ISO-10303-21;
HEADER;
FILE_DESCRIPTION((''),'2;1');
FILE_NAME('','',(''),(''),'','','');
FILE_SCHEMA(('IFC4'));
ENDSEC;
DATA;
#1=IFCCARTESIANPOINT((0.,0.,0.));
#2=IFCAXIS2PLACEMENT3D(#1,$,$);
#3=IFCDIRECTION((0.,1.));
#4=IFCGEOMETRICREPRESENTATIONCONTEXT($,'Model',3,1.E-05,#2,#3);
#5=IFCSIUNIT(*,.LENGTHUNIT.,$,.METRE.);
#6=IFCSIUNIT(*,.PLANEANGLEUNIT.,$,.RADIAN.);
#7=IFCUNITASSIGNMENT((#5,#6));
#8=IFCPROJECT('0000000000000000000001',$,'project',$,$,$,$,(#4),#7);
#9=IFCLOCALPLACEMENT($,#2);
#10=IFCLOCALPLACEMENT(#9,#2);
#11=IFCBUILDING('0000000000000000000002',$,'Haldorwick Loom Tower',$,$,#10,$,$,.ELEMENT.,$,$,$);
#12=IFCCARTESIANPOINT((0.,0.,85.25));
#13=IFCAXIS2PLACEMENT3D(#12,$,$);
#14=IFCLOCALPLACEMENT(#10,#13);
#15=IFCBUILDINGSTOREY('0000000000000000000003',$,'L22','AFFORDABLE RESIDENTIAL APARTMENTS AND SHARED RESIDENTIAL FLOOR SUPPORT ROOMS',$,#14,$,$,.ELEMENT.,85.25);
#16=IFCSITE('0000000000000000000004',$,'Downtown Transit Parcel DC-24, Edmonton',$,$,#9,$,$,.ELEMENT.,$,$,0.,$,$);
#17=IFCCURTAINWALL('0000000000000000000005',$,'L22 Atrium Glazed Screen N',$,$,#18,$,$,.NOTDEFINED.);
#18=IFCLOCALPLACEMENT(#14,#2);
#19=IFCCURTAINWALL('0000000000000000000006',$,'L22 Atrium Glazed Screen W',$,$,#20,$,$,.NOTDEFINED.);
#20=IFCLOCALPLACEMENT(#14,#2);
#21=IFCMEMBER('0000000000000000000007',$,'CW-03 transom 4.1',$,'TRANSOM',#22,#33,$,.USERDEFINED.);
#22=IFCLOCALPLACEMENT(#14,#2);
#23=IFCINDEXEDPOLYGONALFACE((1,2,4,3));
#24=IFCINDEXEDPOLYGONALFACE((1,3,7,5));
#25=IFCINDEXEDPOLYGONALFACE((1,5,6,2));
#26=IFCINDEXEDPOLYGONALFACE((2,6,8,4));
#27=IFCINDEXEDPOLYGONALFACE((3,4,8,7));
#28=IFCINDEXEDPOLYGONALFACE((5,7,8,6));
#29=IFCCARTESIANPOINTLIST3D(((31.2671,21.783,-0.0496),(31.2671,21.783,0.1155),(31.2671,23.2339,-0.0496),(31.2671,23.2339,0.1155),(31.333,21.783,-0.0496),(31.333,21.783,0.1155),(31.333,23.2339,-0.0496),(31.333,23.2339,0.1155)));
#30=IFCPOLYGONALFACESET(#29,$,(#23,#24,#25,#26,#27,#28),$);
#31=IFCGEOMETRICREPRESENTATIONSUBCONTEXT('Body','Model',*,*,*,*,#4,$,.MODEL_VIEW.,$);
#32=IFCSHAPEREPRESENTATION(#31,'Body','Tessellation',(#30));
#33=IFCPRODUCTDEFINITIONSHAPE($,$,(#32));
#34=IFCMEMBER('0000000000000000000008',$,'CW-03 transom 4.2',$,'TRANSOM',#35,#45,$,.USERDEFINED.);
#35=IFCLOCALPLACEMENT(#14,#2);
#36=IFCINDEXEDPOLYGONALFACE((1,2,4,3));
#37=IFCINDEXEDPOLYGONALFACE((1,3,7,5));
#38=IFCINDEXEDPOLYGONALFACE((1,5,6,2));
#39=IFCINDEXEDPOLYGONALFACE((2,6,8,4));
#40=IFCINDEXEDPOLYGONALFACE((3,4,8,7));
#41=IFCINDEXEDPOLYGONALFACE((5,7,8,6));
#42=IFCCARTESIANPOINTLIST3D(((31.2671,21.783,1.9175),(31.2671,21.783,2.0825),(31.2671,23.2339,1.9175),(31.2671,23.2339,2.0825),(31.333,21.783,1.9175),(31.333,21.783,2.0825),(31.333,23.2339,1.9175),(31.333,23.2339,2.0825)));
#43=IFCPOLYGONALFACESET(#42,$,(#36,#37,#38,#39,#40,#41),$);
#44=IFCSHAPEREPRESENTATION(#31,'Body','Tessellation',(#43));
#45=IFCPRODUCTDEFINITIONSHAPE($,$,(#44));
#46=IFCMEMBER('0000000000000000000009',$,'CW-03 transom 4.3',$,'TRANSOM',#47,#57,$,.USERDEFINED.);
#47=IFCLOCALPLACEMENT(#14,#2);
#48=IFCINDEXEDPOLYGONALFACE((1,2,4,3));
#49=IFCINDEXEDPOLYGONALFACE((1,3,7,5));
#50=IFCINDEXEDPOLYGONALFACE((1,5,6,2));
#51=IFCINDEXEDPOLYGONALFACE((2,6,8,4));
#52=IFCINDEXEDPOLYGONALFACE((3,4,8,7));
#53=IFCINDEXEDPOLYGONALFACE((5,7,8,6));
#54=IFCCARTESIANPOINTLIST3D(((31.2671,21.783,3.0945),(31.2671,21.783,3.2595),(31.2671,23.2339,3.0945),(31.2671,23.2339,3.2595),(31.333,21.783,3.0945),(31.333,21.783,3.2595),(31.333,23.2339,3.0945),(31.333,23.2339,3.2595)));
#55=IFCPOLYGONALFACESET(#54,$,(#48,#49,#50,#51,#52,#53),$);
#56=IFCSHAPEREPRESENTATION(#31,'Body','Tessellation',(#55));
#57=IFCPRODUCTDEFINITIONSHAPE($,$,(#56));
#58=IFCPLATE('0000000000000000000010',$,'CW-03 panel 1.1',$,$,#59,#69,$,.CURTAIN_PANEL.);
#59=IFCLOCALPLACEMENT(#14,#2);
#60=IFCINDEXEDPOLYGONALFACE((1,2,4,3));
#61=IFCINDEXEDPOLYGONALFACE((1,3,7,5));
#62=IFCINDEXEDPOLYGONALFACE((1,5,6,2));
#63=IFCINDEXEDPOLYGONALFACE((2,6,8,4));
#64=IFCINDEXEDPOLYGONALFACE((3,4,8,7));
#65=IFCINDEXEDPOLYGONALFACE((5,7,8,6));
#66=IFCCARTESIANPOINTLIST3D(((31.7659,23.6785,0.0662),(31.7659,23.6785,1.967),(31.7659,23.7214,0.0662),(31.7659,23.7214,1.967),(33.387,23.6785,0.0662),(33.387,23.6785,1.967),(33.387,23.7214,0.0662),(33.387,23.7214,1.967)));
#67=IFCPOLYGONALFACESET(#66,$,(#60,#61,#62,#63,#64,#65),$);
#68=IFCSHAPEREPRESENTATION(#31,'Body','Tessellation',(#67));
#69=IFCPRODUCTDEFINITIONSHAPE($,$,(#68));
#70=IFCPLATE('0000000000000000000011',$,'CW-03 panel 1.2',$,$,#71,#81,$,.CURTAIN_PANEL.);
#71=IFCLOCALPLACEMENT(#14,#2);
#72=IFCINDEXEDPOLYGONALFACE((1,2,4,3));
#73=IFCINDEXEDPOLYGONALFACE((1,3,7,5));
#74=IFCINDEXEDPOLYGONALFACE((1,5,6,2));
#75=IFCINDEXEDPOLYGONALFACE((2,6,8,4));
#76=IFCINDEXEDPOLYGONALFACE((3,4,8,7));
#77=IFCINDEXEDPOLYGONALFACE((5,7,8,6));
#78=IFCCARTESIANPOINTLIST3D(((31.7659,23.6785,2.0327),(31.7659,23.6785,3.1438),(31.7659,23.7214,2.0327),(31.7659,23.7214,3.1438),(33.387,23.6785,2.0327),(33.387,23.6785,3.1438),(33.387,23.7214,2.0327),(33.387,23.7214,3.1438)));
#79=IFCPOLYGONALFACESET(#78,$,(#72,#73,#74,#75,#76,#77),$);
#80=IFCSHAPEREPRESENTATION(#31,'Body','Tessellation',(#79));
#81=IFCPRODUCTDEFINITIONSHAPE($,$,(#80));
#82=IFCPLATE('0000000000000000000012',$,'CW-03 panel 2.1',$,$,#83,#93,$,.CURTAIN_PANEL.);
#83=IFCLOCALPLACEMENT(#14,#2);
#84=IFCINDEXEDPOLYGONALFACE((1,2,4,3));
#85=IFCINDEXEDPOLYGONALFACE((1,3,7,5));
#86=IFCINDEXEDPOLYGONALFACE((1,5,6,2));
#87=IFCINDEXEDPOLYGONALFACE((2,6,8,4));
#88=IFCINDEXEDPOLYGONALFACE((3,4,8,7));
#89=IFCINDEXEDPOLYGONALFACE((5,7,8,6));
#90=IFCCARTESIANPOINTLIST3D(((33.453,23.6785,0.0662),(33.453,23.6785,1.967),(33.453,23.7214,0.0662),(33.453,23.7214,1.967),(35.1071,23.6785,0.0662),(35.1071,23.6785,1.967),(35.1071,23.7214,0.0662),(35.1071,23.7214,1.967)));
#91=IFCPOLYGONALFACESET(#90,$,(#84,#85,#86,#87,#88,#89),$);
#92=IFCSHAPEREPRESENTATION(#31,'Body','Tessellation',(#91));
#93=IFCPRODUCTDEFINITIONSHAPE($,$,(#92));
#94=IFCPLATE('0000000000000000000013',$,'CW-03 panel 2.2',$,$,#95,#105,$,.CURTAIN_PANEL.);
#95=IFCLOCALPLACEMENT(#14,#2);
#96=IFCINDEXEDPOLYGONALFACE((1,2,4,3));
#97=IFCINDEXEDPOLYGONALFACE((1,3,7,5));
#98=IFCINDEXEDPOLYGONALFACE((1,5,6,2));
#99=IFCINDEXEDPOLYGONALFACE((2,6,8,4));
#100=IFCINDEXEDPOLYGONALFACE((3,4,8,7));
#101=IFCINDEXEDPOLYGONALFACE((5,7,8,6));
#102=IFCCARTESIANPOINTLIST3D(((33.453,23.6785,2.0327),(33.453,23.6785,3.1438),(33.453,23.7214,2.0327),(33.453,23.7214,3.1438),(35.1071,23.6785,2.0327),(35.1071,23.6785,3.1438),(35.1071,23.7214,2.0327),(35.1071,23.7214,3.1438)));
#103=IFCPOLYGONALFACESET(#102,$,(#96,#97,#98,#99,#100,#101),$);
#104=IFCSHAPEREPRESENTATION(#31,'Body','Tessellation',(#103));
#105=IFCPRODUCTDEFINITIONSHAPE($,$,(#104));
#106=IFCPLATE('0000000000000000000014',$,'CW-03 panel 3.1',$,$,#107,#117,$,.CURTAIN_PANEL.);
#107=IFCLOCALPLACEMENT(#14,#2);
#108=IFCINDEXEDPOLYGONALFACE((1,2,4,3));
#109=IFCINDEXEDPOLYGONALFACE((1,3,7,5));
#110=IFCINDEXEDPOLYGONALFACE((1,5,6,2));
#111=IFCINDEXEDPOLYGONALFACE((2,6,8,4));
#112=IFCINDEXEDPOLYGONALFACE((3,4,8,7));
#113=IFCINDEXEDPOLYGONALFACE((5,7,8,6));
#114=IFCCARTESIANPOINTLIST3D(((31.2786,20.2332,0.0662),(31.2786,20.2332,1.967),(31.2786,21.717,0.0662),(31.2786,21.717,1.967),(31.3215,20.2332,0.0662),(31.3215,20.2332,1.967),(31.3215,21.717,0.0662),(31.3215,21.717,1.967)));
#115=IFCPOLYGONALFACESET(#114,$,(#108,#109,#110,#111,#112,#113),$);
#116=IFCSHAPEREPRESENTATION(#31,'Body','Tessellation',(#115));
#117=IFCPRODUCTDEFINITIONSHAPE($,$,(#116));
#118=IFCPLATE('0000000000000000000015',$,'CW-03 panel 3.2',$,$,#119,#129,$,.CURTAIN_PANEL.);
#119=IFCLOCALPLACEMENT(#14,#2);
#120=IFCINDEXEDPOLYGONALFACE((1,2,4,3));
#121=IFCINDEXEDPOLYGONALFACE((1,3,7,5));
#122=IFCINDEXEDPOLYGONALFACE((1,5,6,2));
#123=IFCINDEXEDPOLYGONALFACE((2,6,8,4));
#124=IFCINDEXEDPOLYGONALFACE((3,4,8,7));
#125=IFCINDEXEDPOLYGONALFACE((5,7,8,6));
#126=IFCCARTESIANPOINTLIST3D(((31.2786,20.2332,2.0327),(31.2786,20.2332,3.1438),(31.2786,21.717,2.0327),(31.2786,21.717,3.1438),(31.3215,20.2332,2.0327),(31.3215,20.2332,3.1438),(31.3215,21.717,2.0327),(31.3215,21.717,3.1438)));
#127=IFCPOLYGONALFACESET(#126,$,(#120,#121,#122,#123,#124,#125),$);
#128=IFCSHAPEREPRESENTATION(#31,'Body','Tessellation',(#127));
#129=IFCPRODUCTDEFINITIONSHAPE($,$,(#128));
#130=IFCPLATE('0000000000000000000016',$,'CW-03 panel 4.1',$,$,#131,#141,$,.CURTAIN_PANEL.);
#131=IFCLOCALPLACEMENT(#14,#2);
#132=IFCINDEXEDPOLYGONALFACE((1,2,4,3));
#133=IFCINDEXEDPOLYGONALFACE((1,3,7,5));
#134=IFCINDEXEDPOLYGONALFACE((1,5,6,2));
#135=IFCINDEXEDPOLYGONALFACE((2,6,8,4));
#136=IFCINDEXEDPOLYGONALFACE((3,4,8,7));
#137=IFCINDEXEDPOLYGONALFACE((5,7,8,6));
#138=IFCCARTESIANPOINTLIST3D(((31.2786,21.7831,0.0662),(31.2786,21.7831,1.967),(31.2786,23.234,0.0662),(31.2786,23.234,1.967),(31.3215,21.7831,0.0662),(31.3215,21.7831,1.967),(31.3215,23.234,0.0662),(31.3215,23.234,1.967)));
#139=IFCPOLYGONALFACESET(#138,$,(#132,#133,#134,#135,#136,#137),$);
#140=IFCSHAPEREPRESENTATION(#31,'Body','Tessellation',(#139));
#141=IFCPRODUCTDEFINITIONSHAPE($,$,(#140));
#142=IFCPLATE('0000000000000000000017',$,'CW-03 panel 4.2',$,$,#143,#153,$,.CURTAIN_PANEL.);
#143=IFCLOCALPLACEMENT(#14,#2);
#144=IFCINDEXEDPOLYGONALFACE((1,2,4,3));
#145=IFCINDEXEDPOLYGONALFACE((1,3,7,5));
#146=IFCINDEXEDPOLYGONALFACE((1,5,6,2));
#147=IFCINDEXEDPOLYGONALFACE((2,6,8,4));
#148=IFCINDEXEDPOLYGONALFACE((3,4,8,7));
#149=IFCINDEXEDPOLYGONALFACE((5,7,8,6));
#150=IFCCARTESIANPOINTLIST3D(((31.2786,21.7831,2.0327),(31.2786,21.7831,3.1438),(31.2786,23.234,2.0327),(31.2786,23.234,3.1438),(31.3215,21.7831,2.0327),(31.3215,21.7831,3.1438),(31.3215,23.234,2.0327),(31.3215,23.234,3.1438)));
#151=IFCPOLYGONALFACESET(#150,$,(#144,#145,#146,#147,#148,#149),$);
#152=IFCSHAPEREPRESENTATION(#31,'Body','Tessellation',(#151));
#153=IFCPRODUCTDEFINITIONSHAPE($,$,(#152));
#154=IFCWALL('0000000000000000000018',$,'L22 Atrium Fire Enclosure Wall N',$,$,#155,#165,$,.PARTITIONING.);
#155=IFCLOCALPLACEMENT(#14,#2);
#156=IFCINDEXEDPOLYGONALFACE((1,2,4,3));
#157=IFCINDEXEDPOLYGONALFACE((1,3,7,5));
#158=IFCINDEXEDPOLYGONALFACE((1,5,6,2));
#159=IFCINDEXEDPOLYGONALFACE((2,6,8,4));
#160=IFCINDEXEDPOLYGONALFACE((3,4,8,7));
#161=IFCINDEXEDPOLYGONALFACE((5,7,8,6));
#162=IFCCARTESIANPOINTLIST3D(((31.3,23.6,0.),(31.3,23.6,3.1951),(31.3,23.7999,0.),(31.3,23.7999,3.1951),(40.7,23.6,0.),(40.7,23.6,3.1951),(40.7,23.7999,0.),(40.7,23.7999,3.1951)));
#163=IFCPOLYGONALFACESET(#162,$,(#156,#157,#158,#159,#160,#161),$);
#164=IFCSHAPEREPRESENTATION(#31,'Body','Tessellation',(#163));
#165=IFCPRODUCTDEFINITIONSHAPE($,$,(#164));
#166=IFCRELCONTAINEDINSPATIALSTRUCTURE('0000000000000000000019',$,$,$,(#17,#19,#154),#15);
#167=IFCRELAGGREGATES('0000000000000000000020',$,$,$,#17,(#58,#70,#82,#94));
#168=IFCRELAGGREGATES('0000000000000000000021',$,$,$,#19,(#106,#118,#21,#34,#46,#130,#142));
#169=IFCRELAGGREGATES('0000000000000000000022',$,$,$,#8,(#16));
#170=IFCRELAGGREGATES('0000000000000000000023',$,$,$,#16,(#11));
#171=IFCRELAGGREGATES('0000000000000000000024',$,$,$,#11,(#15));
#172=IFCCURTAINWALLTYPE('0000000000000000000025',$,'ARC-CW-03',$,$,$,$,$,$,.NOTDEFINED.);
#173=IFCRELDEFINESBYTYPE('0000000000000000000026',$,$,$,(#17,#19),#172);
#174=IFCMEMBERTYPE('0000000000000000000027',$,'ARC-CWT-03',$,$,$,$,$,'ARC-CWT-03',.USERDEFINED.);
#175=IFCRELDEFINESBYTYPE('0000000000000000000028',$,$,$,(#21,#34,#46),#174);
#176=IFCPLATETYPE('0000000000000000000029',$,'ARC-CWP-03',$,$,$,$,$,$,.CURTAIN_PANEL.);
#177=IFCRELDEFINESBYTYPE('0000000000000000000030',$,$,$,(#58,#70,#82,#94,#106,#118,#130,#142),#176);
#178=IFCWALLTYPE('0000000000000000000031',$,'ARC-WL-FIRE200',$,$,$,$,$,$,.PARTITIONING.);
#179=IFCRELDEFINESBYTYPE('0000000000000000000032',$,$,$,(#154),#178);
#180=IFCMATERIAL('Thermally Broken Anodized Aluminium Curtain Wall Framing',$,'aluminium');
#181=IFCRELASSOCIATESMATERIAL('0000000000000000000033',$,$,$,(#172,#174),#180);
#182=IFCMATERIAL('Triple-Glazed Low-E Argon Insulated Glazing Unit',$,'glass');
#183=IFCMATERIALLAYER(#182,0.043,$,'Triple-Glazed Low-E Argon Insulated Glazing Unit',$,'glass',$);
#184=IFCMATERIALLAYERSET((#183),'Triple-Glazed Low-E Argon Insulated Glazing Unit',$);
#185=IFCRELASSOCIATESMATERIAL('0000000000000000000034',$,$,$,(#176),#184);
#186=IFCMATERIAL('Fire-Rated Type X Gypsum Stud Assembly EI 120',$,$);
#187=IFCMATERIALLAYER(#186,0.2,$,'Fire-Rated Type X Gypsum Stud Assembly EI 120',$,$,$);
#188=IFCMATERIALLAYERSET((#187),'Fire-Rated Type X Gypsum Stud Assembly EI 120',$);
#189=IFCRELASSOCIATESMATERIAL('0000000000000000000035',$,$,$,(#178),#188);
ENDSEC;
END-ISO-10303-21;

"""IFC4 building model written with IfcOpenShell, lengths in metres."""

from ifc_helpers import new_model, si_unit, direction, frame, frame_2d, origin, origin_2d, place, context, subcontext, project, spatial, rectangle, extrude, material, layer, layer_set, material_profile, profile_set, type_object, element, aggregate, save


model = new_model("IFC4")

# Units and contexts
model_context = context("Model", 3, precision=1e-05, world=origin(), true_north=direction((0.0, 1.0)))
body_context = subcontext(model_context, "Body", "Model", "MODEL_VIEW")
ifc_project = project(units=[si_unit("LENGTHUNIT", "METRE"), si_unit("PLANEANGLEUNIT", "RADIAN")], contexts=[model_context])

# Site, building, storey
site_placement = place(None, origin())
site = spatial("IfcSite", under=ifc_project, at=site_placement, Name="Downtown Transit Parcel DC-24, Edmonton", CompositionType="ELEMENT", RefElevation=0.0)
building_placement = place(site_placement, origin())
building = spatial("IfcBuilding", under=site, at=building_placement, Name="Haldorwick Loom Tower", CompositionType="ELEMENT")
storey_placement = place(building_placement, frame((0.0, 0.0, 85.25)))
storey = spatial("IfcBuildingStorey", under=building, at=storey_placement, Name="L22", Description="AFFORDABLE RESIDENTIAL APARTMENTS AND SHARED RESIDENTIAL FLOOR SUPPORT ROOMS", CompositionType="ELEMENT", Elevation=85.25)

# Curtain walls
ifc_material_1 = material(Name="Thermally Broken Anodized Aluminium Curtain Wall Framing", Category="aluminium")
curtain_wall_type = type_object("IfcCurtainWallType", Name="ARC-CW-03", PredefinedType="NOTDEFINED", material=ifc_material_1)
curtain_wall_1_placement = place(storey_placement, origin())
curtain_wall_1 = element("IfcCurtainWall", 1, at=curtain_wall_1_placement, inside=storey, type_object=curtain_wall_type, Name="L22 Atrium Glazed Screen N", PredefinedType="NOTDEFINED")
curtain_wall_2_placement = place(storey_placement, origin())
curtain_wall_2 = element("IfcCurtainWall", 2, at=curtain_wall_2_placement, inside=storey, type_object=curtain_wall_type, Name="L22 Atrium Glazed Screen W", PredefinedType="NOTDEFINED")

# Members
ifc_material_profile_1 = material_profile(ifc_material_1, rectangle(XDim=0.0659, YDim=0.165, at=origin_2d()), Name="ALU_TRN_66X165", Category="aluminium")
ifc_profile_set_1 = profile_set([ifc_material_profile_1], Name="Thermally Broken Anodized Aluminium Curtain Wall Framing")
member_type_1 = type_object("IfcMemberType", Name="ARC-CWT-03", ElementType="ARC-CWT-03", PredefinedType="USERDEFINED", material=ifc_profile_set_1)
member_1_placement = place(storey_placement, frame((31.3, 21.783, 0.033), z_axis=(0.0, 1.0, 0.0), x_axis=(-1.0, 0.0, 0.0)))
member_1 = element("IfcMember", 3, at=member_1_placement, type_object=member_type_1, Name="CW-03 transom 4.1", ObjectType="TRANSOM", PredefinedType="USERDEFINED", context=body_context, shape_type="SweptSolid", body=[
    extrude(rectangle(XDim=0.0659, YDim=0.165, at=origin_2d()), origin(), (0.0, 0.0, 1.0), 1.4509),
])
member_2_placement = place(storey_placement, frame((31.3, 21.783, 2.0), z_axis=(0.0, 1.0, 0.0), x_axis=(-1.0, 0.0, 0.0)))
member_2 = element("IfcMember", 4, at=member_2_placement, type_object=member_type_1, Name="CW-03 transom 4.2", ObjectType="TRANSOM", PredefinedType="USERDEFINED", context=body_context, shape_type="SweptSolid", body=[
    extrude(rectangle(XDim=0.0659, YDim=0.165, at=origin_2d()), origin(), (0.0, 0.0, 1.0), 1.4509),
])
member_3_placement = place(storey_placement, frame((31.3, 21.783, 3.177), z_axis=(0.0, 1.0, 0.0), x_axis=(-1.0, 0.0, 0.0)))
member_3 = element("IfcMember", 5, at=member_3_placement, type_object=member_type_1, Name="CW-03 transom 4.3", ObjectType="TRANSOM", PredefinedType="USERDEFINED", context=body_context, shape_type="SweptSolid", body=[
    extrude(rectangle(XDim=0.0659, YDim=0.165, at=origin_2d()), origin(), (0.0, 0.0, 1.0), 1.4509),
])

# Plates
ifc_material_2 = material(Name="Triple-Glazed Low-E Argon Insulated Glazing Unit", Category="glass")
ifc_layer_1 = layer(ifc_material_2, 0.043, Name="Triple-Glazed Low-E Argon Insulated Glazing Unit", Category="glass")
ifc_layer_set_1 = layer_set([ifc_layer_1], Name="Triple-Glazed Low-E Argon Insulated Glazing Unit")
plate_type = type_object("IfcPlateType", Name="ARC-CWP-03", PredefinedType="CURTAIN_PANEL", material=ifc_layer_set_1)
plate_1_placement = place(storey_placement, frame((32.5764, 23.7, 0.0662), z_axis=(0.0, 0.0, 1.0), x_axis=(1.0, 0.0, 0.0)))
plate_1 = element("IfcPlate", 6, at=plate_1_placement, type_object=plate_type, Name="CW-03 panel 1.1", PredefinedType="CURTAIN_PANEL", context=body_context, shape_type="SweptSolid", body=[
    extrude(rectangle(XDim=1.6211, YDim=0.043, at=origin_2d()), origin(), (0.0, 0.0, 1.0), 1.9009),
])
plate_2_placement = place(storey_placement, frame((32.5764, 23.7, 2.0327), z_axis=(0.0, 0.0, 1.0), x_axis=(1.0, 0.0, 0.0)))
plate_2 = element("IfcPlate", 7, at=plate_2_placement, type_object=plate_type, Name="CW-03 panel 1.2", PredefinedType="CURTAIN_PANEL", context=body_context, shape_type="SweptSolid", body=[
    extrude(rectangle(XDim=1.6211, YDim=0.043, at=origin_2d()), origin(), (0.0, 0.0, 1.0), 1.1111),
])
plate_3_placement = place(storey_placement, frame((34.28, 23.7, 0.0662), z_axis=(0.0, 0.0, 1.0), x_axis=(1.0, 0.0, 0.0)))
plate_3 = element("IfcPlate", 8, at=plate_3_placement, type_object=plate_type, Name="CW-03 panel 2.1", PredefinedType="CURTAIN_PANEL", context=body_context, shape_type="SweptSolid", body=[
    extrude(rectangle(XDim=1.6541, YDim=0.043, at=origin_2d()), origin(), (0.0, 0.0, 1.0), 1.9009),
])
plate_4_placement = place(storey_placement, frame((34.28, 23.7, 2.0327), z_axis=(0.0, 0.0, 1.0), x_axis=(1.0, 0.0, 0.0)))
plate_4 = element("IfcPlate", 9, at=plate_4_placement, type_object=plate_type, Name="CW-03 panel 2.2", PredefinedType="CURTAIN_PANEL", context=body_context, shape_type="SweptSolid", body=[
    extrude(rectangle(XDim=1.6541, YDim=0.043, at=origin_2d()), origin(), (0.0, 0.0, 1.0), 1.1111),
])
aggregate(curtain_wall_1, [plate_1, plate_2, plate_3, plate_4])
plate_5_placement = place(storey_placement, frame((31.3, 20.9751, 0.0662), z_axis=(0.0, 0.0, 1.0), x_axis=(0.0, 1.0, 0.0)))
plate_5 = element("IfcPlate", 10, at=plate_5_placement, type_object=plate_type, Name="CW-03 panel 3.1", PredefinedType="CURTAIN_PANEL", context=body_context, shape_type="SweptSolid", body=[
    extrude(rectangle(XDim=1.4839, YDim=0.043, at=origin_2d()), origin(), (0.0, 0.0, 1.0), 1.9009),
])
plate_6_placement = place(storey_placement, frame((31.3, 20.9751, 2.0327), z_axis=(0.0, 0.0, 1.0), x_axis=(0.0, 1.0, 0.0)))
plate_6 = element("IfcPlate", 11, at=plate_6_placement, type_object=plate_type, Name="CW-03 panel 3.2", PredefinedType="CURTAIN_PANEL", context=body_context, shape_type="SweptSolid", body=[
    extrude(rectangle(XDim=1.4839, YDim=0.043, at=origin_2d()), origin(), (0.0, 0.0, 1.0), 1.1111),
])
plate_7_placement = place(storey_placement, frame((31.3, 22.5085, 0.0662), z_axis=(0.0, 0.0, 1.0), x_axis=(0.0, 1.0, 0.0)))
plate_7 = element("IfcPlate", 12, at=plate_7_placement, type_object=plate_type, Name="CW-03 panel 4.1", PredefinedType="CURTAIN_PANEL", context=body_context, shape_type="SweptSolid", body=[
    extrude(rectangle(XDim=1.4509, YDim=0.043, at=origin_2d()), origin(), (0.0, 0.0, 1.0), 1.9009),
])
plate_8_placement = place(storey_placement, frame((31.3, 22.5085, 2.0327), z_axis=(0.0, 0.0, 1.0), x_axis=(0.0, 1.0, 0.0)))
plate_8 = element("IfcPlate", 13, at=plate_8_placement, type_object=plate_type, Name="CW-03 panel 4.2", PredefinedType="CURTAIN_PANEL", context=body_context, shape_type="SweptSolid", body=[
    extrude(rectangle(XDim=1.4509, YDim=0.043, at=origin_2d()), origin(), (0.0, 0.0, 1.0), 1.1111),
])
aggregate(curtain_wall_2, [plate_5, plate_6, member_1, member_2, member_3, plate_7, plate_8])

# Wall
ifc_material_3 = material(Name="Fire-Rated Type X Gypsum Stud Assembly EI 120")
ifc_layer_2 = layer(ifc_material_3, 0.2, Name="Fire-Rated Type X Gypsum Stud Assembly EI 120")
ifc_layer_set_2 = layer_set([ifc_layer_2], Name="Fire-Rated Type X Gypsum Stud Assembly EI 120")
wall_type = type_object("IfcWallType", Name="ARC-WL-FIRE200", PredefinedType="PARTITIONING", material=ifc_layer_set_2)
wall_placement = place(storey_placement, frame((31.3, 23.7, 0.0), z_axis=(0.0, 0.0, 1.0), x_axis=(1.0, 0.0, 0.0)))
element("IfcWall", 14, at=wall_placement, inside=storey, type_object=wall_type, Name="L22 Atrium Fire Enclosure Wall N", PredefinedType="PARTITIONING", context=body_context, shape_type="SweptSolid", body=[
    extrude(rectangle(XDim=9.3999, YDim=0.2, at=frame_2d((4.7, 0.0))), origin(), (0.0, 0.0, 1.0), 3.1951),
])

save(model, "model.ifc")
